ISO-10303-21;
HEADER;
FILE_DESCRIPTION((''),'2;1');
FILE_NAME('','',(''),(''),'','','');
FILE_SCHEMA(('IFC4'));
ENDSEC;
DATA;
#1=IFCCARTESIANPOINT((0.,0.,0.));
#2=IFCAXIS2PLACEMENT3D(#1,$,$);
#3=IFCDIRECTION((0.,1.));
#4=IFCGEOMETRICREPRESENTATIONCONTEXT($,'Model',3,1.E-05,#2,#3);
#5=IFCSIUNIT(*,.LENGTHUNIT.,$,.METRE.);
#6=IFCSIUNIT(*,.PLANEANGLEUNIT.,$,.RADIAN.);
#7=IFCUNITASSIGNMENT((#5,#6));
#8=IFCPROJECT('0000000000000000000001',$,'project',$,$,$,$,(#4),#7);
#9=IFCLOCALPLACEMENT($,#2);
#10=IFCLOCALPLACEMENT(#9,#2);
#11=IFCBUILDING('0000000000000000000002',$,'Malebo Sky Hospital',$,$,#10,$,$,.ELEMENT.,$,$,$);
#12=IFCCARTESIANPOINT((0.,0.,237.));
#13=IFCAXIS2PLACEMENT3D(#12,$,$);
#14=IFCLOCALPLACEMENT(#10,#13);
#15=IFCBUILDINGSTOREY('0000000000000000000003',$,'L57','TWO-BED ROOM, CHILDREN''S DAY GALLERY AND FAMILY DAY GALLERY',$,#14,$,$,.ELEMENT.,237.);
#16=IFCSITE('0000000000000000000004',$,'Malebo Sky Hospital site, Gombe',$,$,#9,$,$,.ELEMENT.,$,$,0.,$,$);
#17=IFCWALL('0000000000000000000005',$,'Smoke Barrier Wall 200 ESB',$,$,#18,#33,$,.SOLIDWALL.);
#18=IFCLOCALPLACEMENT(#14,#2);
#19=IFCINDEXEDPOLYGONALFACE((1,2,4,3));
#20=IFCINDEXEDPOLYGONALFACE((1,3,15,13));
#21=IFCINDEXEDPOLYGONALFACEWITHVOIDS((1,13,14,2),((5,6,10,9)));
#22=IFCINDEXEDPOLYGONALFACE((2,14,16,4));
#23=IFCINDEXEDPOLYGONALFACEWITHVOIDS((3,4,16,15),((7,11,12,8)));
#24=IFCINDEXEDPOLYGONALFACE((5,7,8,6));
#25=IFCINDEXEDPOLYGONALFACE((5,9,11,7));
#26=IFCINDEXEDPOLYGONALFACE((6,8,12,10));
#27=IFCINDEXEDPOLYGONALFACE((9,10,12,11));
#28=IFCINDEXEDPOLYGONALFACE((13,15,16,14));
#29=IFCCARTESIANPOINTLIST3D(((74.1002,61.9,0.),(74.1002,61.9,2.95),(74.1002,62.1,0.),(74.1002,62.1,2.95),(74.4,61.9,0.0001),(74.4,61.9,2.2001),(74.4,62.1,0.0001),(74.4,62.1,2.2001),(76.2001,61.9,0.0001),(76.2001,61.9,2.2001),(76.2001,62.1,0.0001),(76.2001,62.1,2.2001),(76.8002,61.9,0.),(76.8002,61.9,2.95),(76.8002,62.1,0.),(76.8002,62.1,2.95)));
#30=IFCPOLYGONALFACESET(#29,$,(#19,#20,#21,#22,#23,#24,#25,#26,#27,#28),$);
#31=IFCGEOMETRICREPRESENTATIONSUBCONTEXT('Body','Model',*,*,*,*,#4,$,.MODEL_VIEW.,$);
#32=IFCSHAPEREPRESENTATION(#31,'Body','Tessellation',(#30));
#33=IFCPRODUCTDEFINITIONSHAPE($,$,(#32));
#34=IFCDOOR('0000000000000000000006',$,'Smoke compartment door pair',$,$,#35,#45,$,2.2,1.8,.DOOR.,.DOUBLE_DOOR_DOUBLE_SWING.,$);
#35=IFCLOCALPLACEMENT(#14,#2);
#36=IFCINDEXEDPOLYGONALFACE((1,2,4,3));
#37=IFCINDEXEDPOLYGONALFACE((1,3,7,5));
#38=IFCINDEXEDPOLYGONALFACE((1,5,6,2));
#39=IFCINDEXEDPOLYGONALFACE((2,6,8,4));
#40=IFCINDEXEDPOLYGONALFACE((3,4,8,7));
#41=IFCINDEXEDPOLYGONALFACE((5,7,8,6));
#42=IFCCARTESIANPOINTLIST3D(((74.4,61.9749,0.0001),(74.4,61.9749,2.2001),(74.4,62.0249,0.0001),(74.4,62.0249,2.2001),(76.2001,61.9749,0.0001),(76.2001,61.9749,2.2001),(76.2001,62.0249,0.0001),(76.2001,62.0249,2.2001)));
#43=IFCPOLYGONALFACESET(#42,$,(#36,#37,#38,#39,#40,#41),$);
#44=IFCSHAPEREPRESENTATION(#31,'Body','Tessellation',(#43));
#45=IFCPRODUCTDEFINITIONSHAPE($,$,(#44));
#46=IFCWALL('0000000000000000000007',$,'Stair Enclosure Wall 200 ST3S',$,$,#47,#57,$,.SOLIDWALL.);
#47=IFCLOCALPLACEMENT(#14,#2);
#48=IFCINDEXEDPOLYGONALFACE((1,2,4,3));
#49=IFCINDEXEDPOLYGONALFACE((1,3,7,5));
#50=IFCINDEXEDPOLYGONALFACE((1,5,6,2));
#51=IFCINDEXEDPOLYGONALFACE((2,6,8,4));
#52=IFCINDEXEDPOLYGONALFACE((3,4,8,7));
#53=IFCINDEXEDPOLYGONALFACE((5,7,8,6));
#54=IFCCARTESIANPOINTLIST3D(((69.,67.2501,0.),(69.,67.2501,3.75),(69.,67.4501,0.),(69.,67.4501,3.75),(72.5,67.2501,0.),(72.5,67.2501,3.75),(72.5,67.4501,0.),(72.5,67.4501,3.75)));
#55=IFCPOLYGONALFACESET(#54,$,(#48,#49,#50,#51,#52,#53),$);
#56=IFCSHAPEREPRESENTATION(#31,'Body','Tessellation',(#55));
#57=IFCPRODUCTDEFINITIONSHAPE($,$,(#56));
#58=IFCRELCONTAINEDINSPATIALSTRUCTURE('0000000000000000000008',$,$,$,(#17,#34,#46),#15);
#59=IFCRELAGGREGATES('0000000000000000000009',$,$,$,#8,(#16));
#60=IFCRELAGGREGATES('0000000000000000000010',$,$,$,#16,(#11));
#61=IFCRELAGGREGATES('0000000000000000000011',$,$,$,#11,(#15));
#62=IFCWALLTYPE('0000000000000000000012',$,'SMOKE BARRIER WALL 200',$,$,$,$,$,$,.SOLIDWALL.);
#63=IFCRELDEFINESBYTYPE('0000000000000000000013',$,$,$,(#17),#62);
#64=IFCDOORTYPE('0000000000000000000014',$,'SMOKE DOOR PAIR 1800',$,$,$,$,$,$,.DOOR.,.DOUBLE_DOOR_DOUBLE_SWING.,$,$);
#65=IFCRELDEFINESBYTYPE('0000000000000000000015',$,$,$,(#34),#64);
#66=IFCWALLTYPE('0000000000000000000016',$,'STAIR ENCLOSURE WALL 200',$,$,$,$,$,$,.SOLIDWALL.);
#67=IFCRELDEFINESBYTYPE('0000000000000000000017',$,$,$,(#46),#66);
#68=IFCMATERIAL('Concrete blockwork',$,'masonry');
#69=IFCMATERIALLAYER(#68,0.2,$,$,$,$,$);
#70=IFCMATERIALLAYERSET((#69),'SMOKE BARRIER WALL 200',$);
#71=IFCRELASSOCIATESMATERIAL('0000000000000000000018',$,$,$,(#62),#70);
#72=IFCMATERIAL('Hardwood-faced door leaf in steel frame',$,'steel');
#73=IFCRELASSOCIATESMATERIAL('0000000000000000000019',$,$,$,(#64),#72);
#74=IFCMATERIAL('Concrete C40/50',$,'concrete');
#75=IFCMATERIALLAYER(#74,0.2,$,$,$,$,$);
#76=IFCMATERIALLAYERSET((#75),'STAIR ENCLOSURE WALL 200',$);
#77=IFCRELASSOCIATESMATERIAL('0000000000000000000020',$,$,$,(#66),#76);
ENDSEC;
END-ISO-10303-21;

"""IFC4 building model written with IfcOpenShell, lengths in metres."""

from ifc_helpers import new_model, si_unit, direction, frame, frame_2d, origin, place, context, subcontext, project, spatial, rectangle, extrude, material, layer, layer_set, type_object, element, fill, save


model = new_model("IFC4")

# Units and contexts
model_context = context("Model", 3, precision=1e-05, world=origin(), true_north=direction((0.0, 1.0)))
body_context = subcontext(model_context, "Body", "Model", "MODEL_VIEW")
ifc_project = project(units=[si_unit("LENGTHUNIT", "METRE"), si_unit("PLANEANGLEUNIT", "RADIAN")], contexts=[model_context])

# Site, building, storey
site_placement = place(None, origin())
site = spatial("IfcSite", under=ifc_project, at=site_placement, Name="Malebo Sky Hospital site, Gombe", CompositionType="ELEMENT", RefElevation=0.0)
building_placement = place(site_placement, origin())
building = spatial("IfcBuilding", under=site, at=building_placement, Name="Malebo Sky Hospital", CompositionType="ELEMENT")
storey_placement = place(building_placement, frame((0.0, 0.0, 237.0)))
storey = spatial("IfcBuildingStorey", under=building, at=storey_placement, Name="L57", Description="TWO-BED ROOM, CHILDREN'S DAY GALLERY AND FAMILY DAY GALLERY", CompositionType="ELEMENT", Elevation=237.0)

# Shared definitions
ifc_material_1 = material(Name="Hardwood-faced door leaf in steel frame", Category="steel")

# Shared definitions
ifc_material_2 = material(Name="Concrete blockwork", Category="masonry")
ifc_layer_1 = layer(ifc_material_2, 0.2)
ifc_layer_set_1 = layer_set([ifc_layer_1], Name="SMOKE BARRIER WALL 200")
wall_type_1 = type_object("IfcWallType", Name="SMOKE BARRIER WALL 200", PredefinedType="SOLIDWALL", material=ifc_layer_set_1)

# Wall, opening, door
wall_1_placement = place(storey_placement, frame((74.1001, 62.0, 0.0), z_axis=(0.0, 0.0, 1.0), x_axis=(1.0, 0.0, 0.0)))
wall_1 = element("IfcWall", 1, at=wall_1_placement, inside=storey, type_object=wall_type_1, Name="Smoke Barrier Wall 200 ESB", PredefinedType="SOLIDWALL", context=body_context, shape_type="SweptSolid", body=[
    extrude(rectangle(XDim=2.7, YDim=0.2, at=frame_2d((1.3501, 0.0))), origin(), (0.0, 0.0, 1.0), 2.95),
])
opening_1_placement = place(wall_1_placement, frame((0.3, 0.0, 0.0)))
opening_1 = element("IfcOpeningElement", 2, at=opening_1_placement, cuts=wall_1, PredefinedType="OPENING", context=body_context, shape_type="SweptSolid", body=[
    extrude(rectangle(XDim=1.8, YDim=2.2, at=frame_2d((0.8999, 1.1001))), frame((0.0, 0.1099, 0.0), z_axis=(0.0, -1.0, 0.0), x_axis=(1.0, 0.0, 0.0)), (0.0, 0.0, 1.0), 0.22),
])
door_type_1 = type_object("IfcDoorType", Name="SMOKE DOOR PAIR 1800", OperationType="DOUBLE_DOOR_DOUBLE_SWING", PredefinedType="DOOR", material=ifc_material_1)
door_1_placement = place(opening_1_placement, origin())
door_1 = element("IfcDoor", 3, at=door_1_placement, inside=storey, type_object=door_type_1, Name="Smoke compartment door pair", OperationType="DOUBLE_DOOR_DOUBLE_SWING", OverallHeight=2.2, OverallWidth=1.8, PredefinedType="DOOR", context=body_context, shape_type="SweptSolid", body=[
    extrude(rectangle(XDim=1.8, YDim=2.2, at=frame_2d((0.8999, 1.1001))), frame((0.0, 0.0249, 0.0), z_axis=(0.0, -1.0, 0.0), x_axis=(1.0, 0.0, 0.0)), (0.0, 0.0, 1.0), 0.05),
])
fill(opening_1, door_1)

# Wall
ifc_material_3 = material(Name="Concrete C40/50", Category="concrete")
ifc_layer_2 = layer(ifc_material_3, 0.2)
ifc_layer_set_2 = layer_set([ifc_layer_2], Name="STAIR ENCLOSURE WALL 200")
wall_type_2 = type_object("IfcWallType", Name="STAIR ENCLOSURE WALL 200", PredefinedType="SOLIDWALL", material=ifc_layer_set_2)
wall_2_placement = place(storey_placement, frame((69.0, 67.3501, 0.0), z_axis=(0.0, 0.0, 1.0), x_axis=(1.0, 0.0, 0.0)))
element("IfcWall", 4, at=wall_2_placement, inside=storey, type_object=wall_type_2, Name="Stair Enclosure Wall 200 ST3S", PredefinedType="SOLIDWALL", context=body_context, shape_type="SweptSolid", body=[
    extrude(rectangle(XDim=3.5, YDim=0.2, at=frame_2d((1.75, 0.0))), origin(), (0.0, 0.0, 1.0), 3.75),
])

save(model, "model.ifc")
